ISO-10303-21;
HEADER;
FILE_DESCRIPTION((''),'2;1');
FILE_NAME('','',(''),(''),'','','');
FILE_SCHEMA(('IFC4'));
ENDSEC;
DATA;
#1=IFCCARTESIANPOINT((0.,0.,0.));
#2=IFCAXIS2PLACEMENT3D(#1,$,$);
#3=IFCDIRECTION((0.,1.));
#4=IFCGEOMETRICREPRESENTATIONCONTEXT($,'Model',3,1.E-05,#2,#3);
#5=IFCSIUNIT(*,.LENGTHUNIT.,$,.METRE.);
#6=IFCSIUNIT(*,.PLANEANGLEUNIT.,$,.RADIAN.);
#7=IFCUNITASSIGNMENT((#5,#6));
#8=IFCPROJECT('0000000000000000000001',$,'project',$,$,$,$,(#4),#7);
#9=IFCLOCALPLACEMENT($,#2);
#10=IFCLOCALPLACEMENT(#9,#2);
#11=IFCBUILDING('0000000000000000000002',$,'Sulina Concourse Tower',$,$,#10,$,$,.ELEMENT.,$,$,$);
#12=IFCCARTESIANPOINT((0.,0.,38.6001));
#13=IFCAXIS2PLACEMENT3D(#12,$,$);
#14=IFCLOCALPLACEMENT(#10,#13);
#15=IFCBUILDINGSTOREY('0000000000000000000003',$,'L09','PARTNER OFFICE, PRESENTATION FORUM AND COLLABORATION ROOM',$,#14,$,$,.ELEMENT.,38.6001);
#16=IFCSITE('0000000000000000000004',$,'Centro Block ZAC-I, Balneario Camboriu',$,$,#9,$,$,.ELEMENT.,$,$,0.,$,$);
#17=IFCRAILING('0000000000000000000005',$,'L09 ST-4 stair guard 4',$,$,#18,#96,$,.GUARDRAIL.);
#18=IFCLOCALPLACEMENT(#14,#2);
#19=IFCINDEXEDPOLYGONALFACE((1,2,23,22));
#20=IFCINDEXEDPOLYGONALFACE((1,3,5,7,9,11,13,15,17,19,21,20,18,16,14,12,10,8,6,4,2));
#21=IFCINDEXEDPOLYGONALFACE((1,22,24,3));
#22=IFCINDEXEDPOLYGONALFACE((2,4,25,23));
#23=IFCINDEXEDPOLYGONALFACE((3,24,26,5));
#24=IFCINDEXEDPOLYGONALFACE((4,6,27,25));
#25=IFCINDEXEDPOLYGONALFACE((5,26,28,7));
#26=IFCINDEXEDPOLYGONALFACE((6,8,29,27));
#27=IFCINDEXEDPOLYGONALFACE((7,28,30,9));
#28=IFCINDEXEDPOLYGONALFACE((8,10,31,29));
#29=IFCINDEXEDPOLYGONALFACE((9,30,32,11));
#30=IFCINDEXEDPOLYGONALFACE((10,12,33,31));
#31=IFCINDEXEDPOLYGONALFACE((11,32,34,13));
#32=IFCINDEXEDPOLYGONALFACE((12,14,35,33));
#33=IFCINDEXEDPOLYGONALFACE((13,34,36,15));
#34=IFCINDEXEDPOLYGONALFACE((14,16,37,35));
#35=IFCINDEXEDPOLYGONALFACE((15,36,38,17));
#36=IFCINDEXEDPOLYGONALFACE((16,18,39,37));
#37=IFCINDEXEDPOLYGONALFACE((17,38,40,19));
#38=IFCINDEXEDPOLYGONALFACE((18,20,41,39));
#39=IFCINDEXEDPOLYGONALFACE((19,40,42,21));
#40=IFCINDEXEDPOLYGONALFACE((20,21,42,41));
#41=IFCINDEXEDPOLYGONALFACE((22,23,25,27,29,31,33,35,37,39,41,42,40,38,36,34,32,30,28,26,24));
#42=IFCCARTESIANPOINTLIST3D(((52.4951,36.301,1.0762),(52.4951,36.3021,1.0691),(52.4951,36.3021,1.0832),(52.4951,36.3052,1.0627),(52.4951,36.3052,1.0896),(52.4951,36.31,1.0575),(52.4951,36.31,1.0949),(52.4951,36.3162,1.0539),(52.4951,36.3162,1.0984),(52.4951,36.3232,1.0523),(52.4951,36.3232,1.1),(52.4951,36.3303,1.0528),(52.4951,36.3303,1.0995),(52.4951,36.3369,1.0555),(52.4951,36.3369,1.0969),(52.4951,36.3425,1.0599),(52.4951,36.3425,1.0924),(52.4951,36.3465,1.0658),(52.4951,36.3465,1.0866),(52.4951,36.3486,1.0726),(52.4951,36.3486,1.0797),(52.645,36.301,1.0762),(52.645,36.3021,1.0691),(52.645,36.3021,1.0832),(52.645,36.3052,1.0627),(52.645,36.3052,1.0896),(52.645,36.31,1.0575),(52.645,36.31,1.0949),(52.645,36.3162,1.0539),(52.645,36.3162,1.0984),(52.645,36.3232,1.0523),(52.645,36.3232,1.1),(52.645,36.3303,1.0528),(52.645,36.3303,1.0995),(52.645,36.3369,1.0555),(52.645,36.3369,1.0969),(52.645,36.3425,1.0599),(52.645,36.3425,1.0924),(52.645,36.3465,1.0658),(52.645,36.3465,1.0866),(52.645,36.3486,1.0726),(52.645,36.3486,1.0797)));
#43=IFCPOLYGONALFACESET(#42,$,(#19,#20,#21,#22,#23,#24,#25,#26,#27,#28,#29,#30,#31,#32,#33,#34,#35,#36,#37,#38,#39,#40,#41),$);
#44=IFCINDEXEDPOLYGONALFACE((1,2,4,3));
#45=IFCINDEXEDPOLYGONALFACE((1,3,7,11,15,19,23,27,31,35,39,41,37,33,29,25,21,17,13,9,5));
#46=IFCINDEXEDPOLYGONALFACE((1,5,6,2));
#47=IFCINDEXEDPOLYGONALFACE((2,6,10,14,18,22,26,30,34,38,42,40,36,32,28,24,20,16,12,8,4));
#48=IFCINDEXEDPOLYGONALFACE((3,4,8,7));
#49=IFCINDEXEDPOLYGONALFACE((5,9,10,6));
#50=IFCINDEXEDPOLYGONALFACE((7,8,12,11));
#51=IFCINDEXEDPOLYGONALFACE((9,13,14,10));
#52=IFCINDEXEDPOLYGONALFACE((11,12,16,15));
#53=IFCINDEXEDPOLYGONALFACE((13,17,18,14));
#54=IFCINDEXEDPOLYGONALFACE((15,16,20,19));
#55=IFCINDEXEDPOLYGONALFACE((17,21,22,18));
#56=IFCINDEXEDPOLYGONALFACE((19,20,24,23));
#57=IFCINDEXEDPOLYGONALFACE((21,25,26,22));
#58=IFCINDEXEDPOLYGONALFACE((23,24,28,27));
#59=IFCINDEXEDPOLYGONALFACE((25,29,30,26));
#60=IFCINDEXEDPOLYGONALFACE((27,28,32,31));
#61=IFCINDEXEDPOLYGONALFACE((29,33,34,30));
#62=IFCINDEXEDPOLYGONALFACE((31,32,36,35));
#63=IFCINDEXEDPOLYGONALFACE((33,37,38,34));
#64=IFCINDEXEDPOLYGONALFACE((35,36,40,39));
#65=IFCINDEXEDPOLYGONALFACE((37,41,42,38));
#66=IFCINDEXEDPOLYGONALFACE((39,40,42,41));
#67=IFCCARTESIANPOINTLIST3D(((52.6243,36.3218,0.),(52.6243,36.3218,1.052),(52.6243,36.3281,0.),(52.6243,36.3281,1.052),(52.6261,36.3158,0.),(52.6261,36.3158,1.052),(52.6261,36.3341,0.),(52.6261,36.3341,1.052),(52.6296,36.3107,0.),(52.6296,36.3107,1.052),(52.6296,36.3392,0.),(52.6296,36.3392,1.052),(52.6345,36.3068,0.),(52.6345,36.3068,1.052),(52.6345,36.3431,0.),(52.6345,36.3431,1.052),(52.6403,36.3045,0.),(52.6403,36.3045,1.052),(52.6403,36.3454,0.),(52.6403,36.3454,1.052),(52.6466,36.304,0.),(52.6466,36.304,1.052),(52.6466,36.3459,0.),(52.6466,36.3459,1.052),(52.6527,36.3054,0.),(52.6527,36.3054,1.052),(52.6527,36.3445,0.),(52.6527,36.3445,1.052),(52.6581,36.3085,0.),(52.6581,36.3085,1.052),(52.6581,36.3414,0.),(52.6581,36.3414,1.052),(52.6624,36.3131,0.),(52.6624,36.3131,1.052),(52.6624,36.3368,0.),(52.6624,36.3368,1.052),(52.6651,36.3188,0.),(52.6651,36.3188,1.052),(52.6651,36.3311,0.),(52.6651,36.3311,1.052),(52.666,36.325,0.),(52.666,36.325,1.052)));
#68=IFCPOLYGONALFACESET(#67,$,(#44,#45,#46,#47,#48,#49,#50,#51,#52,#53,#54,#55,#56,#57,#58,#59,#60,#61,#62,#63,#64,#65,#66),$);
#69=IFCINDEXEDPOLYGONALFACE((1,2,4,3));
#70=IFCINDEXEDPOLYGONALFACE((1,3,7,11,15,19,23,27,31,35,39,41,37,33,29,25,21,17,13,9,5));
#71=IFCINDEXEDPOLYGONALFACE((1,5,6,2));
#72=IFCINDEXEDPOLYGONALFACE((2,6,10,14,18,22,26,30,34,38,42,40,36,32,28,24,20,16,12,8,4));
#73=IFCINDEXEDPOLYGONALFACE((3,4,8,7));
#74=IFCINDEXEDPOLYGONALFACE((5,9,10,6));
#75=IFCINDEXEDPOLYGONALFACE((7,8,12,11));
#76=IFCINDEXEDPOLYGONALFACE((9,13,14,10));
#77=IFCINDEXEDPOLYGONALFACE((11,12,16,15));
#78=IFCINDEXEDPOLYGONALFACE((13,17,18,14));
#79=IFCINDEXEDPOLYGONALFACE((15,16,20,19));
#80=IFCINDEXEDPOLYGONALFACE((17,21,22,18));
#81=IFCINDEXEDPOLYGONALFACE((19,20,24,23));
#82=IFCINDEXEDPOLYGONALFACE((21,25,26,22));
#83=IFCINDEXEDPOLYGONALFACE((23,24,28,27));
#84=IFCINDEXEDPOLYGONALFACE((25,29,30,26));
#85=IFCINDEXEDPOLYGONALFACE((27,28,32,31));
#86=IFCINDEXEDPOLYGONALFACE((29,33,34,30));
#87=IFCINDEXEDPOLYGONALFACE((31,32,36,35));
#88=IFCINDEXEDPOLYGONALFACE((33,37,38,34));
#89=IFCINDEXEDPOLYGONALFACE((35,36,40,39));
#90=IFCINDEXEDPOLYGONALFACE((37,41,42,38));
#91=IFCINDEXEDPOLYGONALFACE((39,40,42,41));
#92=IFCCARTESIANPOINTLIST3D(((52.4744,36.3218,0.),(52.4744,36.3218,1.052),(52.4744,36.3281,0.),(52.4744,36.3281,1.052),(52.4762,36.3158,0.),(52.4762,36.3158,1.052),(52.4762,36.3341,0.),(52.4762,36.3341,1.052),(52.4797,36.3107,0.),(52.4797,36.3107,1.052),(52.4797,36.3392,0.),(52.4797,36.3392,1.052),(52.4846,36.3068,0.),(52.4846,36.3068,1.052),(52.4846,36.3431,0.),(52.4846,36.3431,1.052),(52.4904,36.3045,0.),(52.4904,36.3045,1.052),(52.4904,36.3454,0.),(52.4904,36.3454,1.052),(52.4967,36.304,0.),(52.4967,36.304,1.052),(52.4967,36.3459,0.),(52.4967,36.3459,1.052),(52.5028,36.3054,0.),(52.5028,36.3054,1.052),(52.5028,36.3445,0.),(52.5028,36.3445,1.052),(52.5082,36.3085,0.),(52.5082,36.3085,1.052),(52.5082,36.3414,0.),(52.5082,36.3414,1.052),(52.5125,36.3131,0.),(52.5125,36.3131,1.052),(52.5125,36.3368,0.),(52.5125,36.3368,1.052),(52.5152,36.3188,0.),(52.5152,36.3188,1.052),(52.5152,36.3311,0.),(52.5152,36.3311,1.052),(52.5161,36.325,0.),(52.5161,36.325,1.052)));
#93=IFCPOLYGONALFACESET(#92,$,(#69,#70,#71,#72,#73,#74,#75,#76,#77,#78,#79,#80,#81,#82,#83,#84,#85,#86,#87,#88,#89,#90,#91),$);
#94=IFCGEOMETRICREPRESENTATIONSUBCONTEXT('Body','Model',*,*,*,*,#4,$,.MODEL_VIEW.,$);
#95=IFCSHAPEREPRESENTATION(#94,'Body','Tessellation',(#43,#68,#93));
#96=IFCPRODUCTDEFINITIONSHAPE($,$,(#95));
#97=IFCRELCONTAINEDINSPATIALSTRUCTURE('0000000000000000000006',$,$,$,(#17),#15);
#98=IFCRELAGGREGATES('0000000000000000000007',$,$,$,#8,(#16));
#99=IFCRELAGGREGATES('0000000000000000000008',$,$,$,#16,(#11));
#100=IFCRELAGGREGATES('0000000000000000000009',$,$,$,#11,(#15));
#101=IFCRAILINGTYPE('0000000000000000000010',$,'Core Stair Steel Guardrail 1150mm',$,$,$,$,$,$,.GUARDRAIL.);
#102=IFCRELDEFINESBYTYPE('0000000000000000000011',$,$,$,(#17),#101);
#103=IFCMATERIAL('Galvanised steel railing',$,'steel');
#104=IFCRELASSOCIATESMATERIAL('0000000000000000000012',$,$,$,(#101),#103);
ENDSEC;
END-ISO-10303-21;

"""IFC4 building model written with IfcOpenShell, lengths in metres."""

from ifc_helpers import new_model, si_unit, direction, frame, origin, origin_2d, place, context, subcontext, project, spatial, circle, extrude, material, type_object, element, save


model = new_model("IFC4")

# Units and contexts
model_context = context("Model", 3, precision=1e-05, world=origin(), true_north=direction((0.0, 1.0)))
body_context = subcontext(model_context, "Body", "Model", "MODEL_VIEW")
ifc_project = project(units=[si_unit("LENGTHUNIT", "METRE"), si_unit("PLANEANGLEUNIT", "RADIAN")], contexts=[model_context])

# Site, building, storey
site_placement = place(None, origin())
site = spatial("IfcSite", under=ifc_project, at=site_placement, Name="Centro Block ZAC-I, Balneario Camboriu", CompositionType="ELEMENT", RefElevation=0.0)
building_placement = place(site_placement, origin())
building = spatial("IfcBuilding", under=site, at=building_placement, Name="Sulina Concourse Tower", CompositionType="ELEMENT")
storey_placement = place(building_placement, frame((0.0, 0.0, 38.6001)))
storey = spatial("IfcBuildingStorey", under=building, at=storey_placement, Name="L09", Description="PARTNER OFFICE, PRESENTATION FORUM AND COLLABORATION ROOM", CompositionType="ELEMENT", Elevation=38.6001)

# Railing
ifc_material_1 = material(Name="Galvanised steel railing", Category="steel")
railing_type = type_object("IfcRailingType", Name="Core Stair Steel Guardrail 1150mm", PredefinedType="GUARDRAIL", material=ifc_material_1)
railing_1_placement = place(storey_placement, frame((52.645, 36.325, 0.0)))
element("IfcRailing", 1, at=railing_1_placement, inside=storey, type_object=railing_type, Name="L09 ST-4 stair guard 4", PredefinedType="GUARDRAIL", context=body_context, shape_type="SweptSolid", body=[
    extrude(circle(Radius=0.0239, at=origin_2d()), frame((0.0, 0.0, 1.0762), z_axis=(-1.0, 0.0, 0.0), x_axis=(0.0, -1.0, 0.0)), (0.0, 0.0, 1.0), 0.1499),
    extrude(circle(Radius=0.021, at=origin_2d()), origin(), (0.0, 0.0, 1.0), 1.052),
    extrude(circle(Radius=0.021, at=origin_2d()), frame((-0.1499, 0.0, 0.0)), (0.0, 0.0, 1.0), 1.052),
])

save(model, "model.ifc")
